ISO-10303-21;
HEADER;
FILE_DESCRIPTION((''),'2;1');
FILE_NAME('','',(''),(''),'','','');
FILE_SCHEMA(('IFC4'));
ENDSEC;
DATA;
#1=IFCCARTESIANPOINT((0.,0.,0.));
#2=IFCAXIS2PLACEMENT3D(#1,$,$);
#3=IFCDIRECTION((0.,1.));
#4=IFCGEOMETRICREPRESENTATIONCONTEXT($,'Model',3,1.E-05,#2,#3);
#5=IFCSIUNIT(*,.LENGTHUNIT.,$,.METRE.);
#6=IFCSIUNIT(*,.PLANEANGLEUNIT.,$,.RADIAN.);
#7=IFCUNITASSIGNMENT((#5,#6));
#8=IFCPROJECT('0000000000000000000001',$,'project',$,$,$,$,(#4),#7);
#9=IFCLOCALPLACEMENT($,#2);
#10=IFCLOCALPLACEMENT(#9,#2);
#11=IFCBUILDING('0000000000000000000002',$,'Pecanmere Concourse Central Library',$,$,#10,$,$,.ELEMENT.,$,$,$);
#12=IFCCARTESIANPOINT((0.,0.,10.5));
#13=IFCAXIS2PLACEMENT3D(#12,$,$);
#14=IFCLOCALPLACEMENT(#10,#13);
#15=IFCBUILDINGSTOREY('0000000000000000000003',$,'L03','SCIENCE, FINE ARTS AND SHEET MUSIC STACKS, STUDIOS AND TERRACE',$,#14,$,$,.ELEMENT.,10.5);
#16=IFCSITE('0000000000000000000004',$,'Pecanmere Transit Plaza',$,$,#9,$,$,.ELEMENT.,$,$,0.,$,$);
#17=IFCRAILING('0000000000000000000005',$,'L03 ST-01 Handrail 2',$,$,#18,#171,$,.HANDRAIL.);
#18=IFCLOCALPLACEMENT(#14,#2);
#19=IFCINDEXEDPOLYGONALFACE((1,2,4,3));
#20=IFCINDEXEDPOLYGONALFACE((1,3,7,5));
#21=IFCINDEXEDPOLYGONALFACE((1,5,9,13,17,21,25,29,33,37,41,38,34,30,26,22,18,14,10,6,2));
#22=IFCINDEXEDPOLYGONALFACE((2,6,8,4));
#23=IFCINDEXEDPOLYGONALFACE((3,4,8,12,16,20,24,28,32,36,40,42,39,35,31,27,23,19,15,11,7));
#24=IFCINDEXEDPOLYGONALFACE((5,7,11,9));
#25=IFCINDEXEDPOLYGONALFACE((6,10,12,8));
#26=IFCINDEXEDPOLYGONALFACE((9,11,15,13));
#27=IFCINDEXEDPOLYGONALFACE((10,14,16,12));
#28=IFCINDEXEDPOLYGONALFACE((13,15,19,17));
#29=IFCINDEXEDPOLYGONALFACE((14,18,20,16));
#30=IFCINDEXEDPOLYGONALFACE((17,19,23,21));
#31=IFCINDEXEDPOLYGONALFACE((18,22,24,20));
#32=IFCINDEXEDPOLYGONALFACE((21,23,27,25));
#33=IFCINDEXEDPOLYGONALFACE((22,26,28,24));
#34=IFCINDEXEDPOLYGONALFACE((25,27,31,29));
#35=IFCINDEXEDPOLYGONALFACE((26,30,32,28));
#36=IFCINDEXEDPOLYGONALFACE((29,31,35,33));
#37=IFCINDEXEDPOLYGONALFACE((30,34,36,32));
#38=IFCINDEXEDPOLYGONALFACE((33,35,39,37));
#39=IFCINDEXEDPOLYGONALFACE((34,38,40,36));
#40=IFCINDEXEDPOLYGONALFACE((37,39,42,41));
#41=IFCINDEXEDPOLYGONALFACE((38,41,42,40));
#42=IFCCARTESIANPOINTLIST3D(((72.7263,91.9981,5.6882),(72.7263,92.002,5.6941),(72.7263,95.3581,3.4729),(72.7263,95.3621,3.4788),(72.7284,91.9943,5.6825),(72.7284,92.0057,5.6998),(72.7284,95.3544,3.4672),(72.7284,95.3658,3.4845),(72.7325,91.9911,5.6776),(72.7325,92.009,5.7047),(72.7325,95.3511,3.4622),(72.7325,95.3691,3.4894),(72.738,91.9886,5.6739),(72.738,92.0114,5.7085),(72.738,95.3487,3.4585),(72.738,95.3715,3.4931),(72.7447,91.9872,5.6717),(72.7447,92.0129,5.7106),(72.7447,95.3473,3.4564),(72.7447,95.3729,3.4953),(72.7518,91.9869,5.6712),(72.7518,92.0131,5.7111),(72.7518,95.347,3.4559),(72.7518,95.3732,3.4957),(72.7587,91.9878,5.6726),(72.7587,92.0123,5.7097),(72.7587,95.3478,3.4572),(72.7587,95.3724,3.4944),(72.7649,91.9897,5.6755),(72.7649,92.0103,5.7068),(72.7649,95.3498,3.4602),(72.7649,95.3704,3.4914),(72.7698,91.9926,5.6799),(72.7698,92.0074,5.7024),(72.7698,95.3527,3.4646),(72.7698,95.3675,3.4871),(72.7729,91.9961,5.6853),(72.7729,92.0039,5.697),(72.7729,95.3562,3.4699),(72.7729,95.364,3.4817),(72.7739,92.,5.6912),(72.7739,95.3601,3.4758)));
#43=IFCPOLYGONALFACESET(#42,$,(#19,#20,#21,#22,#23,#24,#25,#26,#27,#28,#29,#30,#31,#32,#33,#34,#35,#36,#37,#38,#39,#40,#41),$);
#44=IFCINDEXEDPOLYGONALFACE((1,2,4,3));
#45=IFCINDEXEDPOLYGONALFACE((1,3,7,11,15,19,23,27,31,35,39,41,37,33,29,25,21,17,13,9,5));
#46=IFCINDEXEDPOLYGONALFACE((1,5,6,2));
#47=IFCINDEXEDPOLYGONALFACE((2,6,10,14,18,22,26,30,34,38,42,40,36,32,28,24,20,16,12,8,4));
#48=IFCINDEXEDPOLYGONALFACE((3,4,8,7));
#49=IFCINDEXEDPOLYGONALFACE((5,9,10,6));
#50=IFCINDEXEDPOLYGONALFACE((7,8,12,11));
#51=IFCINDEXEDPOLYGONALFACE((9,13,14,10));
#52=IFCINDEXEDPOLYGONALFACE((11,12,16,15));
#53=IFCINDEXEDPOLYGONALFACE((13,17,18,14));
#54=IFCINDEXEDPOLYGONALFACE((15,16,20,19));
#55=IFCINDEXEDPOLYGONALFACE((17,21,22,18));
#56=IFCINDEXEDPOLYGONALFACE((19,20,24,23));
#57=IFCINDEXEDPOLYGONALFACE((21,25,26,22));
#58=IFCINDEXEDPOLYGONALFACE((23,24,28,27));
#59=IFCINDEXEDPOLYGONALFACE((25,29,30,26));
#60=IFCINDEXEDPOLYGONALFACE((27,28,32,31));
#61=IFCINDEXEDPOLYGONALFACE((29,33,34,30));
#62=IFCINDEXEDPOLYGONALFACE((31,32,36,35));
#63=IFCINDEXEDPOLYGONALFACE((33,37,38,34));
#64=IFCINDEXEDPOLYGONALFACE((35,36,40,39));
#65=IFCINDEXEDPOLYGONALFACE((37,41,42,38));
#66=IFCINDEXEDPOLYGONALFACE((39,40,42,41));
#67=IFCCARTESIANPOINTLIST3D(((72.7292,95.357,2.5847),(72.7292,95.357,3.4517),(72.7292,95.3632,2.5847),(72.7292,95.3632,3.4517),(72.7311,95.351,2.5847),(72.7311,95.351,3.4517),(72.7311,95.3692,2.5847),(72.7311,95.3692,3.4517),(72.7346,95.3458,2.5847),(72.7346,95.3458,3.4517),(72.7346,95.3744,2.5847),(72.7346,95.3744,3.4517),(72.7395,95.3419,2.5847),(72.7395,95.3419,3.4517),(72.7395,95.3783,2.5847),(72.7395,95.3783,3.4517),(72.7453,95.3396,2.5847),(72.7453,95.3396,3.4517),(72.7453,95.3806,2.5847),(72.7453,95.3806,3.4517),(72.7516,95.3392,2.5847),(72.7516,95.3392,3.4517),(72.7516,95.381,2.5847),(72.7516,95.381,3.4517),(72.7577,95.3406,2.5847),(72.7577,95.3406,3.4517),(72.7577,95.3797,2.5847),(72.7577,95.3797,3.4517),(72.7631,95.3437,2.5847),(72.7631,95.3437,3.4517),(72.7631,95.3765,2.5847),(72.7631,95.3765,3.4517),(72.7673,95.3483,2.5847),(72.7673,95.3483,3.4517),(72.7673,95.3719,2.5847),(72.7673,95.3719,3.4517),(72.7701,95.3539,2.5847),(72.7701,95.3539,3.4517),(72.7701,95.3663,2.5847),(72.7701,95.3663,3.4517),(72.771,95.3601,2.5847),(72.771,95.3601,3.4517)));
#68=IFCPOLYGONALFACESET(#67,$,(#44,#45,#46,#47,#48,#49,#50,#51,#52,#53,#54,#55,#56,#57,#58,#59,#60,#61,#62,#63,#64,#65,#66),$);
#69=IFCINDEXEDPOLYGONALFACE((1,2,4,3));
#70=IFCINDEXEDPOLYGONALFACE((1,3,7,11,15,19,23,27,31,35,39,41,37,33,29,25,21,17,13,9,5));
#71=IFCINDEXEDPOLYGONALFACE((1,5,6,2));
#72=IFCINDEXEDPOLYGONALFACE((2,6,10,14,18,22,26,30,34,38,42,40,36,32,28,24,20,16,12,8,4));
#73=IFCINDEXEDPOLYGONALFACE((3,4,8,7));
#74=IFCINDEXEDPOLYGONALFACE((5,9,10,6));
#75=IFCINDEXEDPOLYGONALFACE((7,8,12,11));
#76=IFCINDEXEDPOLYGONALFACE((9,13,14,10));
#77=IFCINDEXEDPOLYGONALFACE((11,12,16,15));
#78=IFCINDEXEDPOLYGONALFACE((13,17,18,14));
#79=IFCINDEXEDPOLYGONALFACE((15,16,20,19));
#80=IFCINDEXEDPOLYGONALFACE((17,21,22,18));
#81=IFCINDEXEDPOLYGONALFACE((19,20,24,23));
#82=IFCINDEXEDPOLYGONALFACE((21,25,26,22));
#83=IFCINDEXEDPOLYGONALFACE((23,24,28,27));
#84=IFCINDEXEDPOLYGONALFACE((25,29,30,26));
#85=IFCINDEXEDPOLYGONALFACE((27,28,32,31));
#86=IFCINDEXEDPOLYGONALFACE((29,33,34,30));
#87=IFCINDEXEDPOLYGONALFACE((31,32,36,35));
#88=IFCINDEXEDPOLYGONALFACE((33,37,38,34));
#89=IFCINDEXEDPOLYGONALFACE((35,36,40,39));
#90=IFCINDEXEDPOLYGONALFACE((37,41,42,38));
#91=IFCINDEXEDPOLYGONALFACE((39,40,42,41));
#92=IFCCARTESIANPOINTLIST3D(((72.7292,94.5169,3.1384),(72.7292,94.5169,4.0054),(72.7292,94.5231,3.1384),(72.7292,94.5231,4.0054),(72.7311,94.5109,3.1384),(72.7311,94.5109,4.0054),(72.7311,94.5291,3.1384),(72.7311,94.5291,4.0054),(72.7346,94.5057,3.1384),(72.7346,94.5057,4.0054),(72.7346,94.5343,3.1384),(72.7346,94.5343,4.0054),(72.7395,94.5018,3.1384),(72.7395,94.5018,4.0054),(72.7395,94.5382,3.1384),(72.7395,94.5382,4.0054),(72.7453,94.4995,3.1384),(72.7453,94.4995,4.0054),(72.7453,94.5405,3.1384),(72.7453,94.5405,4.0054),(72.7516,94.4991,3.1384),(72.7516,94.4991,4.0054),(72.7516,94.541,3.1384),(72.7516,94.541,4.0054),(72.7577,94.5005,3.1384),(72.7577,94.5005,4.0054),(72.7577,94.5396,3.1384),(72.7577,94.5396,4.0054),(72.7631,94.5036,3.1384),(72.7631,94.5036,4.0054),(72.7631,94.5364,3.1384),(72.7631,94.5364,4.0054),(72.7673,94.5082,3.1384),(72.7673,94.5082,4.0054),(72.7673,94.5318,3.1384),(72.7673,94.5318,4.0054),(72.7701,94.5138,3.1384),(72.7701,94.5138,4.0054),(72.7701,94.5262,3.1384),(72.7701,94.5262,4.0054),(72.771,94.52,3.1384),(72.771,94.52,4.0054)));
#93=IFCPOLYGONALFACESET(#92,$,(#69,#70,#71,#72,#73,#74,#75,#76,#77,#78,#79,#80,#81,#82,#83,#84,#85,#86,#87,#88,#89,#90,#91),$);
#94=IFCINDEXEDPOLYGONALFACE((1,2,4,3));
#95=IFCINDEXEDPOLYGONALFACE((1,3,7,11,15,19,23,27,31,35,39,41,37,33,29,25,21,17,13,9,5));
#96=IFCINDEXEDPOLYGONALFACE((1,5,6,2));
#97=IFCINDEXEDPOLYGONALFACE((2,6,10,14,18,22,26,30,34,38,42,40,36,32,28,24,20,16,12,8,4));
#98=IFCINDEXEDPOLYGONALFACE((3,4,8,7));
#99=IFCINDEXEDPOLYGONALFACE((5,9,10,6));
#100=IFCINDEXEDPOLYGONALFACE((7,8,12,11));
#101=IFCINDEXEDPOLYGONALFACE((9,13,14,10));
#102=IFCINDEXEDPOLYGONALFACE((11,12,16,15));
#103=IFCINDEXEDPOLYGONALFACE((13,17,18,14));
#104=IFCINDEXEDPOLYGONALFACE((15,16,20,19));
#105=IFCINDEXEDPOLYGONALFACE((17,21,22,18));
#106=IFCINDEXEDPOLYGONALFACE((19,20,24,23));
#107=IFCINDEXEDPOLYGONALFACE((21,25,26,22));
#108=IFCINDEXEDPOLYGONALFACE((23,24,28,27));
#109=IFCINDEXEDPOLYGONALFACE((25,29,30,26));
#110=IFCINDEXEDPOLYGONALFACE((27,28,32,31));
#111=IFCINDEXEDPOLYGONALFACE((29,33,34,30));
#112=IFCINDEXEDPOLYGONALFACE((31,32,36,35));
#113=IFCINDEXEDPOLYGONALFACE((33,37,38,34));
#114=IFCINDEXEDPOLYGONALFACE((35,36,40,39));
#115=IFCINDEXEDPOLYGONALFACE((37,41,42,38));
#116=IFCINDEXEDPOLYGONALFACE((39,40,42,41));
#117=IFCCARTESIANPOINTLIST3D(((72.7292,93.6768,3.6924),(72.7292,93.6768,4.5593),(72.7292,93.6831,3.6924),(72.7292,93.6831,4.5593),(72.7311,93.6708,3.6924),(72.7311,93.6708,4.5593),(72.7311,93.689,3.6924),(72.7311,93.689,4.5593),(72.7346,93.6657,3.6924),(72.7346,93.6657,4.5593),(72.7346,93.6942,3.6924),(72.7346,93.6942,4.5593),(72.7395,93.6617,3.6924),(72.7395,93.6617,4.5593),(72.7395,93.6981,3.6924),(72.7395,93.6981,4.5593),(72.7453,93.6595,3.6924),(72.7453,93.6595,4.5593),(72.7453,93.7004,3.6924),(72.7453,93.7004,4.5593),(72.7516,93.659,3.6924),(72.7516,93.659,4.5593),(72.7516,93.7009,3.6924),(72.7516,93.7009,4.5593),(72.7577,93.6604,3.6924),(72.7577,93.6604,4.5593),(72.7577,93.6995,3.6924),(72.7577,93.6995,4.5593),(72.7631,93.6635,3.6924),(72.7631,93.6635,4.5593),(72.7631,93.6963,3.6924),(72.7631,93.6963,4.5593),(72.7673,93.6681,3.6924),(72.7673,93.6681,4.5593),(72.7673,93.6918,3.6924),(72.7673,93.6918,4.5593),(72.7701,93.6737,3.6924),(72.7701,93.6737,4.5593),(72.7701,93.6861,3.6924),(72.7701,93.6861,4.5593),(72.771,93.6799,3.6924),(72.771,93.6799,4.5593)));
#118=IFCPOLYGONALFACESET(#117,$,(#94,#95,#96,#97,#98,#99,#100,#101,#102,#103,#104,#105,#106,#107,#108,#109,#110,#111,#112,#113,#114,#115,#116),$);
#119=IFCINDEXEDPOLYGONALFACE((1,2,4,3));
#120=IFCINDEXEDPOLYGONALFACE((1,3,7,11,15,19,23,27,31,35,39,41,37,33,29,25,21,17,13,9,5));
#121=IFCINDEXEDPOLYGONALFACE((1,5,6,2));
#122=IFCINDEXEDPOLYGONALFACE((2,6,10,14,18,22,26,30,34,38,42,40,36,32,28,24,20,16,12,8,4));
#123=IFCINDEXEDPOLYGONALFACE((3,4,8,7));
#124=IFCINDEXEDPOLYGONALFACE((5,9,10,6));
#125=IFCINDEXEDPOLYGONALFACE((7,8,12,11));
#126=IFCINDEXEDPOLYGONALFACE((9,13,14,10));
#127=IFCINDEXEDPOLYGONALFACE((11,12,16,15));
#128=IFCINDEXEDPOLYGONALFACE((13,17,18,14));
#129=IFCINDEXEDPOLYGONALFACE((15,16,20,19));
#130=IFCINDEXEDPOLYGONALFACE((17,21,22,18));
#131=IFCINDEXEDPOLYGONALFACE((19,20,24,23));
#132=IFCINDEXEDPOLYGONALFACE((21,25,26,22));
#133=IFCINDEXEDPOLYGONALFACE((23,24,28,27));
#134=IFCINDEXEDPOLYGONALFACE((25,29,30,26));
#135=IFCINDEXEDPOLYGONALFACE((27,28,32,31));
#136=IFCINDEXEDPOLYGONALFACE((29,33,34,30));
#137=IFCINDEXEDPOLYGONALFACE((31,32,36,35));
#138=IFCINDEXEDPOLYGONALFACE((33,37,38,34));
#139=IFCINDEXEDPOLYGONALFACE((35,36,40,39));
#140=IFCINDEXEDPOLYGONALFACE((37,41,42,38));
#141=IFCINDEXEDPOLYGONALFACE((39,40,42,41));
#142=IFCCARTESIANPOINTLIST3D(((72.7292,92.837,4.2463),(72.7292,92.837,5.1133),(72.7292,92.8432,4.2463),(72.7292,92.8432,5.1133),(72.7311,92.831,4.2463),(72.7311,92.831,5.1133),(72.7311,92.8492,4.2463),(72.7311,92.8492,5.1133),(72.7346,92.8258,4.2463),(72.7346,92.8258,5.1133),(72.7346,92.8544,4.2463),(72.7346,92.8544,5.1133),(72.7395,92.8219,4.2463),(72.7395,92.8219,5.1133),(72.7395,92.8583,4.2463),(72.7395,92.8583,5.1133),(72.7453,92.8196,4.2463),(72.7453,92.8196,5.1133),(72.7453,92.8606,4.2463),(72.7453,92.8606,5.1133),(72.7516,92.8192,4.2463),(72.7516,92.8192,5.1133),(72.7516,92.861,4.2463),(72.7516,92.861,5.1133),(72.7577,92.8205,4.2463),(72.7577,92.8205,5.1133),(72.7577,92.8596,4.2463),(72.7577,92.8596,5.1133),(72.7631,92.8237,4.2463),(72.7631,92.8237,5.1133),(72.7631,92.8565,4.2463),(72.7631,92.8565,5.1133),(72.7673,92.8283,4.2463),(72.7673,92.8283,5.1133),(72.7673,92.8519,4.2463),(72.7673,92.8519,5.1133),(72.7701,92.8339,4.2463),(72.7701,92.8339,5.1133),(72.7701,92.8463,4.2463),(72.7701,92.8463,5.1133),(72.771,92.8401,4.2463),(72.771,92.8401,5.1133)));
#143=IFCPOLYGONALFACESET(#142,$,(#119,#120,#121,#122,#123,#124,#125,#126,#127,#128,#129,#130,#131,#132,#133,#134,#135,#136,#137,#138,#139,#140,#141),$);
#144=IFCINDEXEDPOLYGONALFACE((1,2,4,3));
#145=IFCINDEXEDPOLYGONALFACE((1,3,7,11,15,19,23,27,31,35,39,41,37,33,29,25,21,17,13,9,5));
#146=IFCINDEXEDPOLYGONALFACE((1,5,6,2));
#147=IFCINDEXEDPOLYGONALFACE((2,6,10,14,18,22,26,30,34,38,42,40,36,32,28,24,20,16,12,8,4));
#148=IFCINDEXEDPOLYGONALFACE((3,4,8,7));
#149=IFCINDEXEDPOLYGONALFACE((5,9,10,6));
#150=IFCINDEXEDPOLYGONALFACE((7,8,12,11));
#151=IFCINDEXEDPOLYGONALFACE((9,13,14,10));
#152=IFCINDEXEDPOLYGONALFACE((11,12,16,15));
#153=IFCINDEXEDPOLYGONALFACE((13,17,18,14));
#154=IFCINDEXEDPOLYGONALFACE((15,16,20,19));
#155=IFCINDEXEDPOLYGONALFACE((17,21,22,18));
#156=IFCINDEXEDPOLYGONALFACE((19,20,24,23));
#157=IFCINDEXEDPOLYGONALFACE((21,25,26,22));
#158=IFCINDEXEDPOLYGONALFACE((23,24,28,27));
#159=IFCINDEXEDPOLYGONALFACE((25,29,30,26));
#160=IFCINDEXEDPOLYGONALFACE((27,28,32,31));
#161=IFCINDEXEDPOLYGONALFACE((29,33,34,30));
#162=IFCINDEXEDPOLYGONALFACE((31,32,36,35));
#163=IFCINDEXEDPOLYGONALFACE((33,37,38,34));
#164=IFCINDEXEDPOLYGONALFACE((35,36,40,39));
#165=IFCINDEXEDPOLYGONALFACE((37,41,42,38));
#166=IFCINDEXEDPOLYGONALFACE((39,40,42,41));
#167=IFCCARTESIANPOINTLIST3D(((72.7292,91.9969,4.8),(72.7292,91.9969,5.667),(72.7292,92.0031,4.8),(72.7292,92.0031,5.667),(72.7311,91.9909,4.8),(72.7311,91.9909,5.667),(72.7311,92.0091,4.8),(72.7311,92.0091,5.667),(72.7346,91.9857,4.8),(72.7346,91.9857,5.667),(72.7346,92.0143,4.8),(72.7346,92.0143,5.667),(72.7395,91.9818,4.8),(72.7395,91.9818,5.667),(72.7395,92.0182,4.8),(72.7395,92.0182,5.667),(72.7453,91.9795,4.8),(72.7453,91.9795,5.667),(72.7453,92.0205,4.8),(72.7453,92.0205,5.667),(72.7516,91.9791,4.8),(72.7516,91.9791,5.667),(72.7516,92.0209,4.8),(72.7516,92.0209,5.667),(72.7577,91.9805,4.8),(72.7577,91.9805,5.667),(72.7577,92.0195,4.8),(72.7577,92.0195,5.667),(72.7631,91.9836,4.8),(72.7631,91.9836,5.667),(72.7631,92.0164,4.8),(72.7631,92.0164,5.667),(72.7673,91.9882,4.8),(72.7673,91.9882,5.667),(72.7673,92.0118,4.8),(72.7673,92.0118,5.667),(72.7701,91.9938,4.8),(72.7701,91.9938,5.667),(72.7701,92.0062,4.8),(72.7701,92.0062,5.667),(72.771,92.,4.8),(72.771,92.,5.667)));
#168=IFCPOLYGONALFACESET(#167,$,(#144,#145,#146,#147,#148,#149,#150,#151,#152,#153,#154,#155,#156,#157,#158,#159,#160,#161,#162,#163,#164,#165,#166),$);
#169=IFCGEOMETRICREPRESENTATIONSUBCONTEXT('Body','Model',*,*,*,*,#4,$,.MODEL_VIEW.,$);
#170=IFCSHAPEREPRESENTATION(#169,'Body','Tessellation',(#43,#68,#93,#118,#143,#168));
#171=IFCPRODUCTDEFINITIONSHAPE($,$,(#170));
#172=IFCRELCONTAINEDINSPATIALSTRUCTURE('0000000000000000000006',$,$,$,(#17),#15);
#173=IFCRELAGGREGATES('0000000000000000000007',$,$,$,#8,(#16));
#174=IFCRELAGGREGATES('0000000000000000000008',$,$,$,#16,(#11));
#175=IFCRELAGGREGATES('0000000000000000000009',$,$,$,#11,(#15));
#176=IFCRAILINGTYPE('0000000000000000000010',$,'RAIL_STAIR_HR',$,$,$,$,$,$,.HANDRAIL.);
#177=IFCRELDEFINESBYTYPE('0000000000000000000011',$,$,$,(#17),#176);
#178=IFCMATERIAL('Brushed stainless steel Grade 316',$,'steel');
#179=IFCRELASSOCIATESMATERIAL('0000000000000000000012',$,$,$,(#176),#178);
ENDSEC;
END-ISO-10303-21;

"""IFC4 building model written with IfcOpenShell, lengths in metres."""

from ifc_helpers import new_model, si_unit, direction, frame, origin, origin_2d, place, context, subcontext, project, spatial, circle, extrude, material, type_object, element, save


model = new_model("IFC4")

# Units and contexts
model_context = context("Model", 3, precision=1e-05, world=origin(), true_north=direction((0.0, 1.0)))
body_context = subcontext(model_context, "Body", "Model", "MODEL_VIEW")
ifc_project = project(units=[si_unit("LENGTHUNIT", "METRE"), si_unit("PLANEANGLEUNIT", "RADIAN")], contexts=[model_context])

# Site, building, storey
site_placement = place(None, origin())
site = spatial("IfcSite", under=ifc_project, at=site_placement, Name="Pecanmere Transit Plaza", CompositionType="ELEMENT", RefElevation=0.0)
building_placement = place(site_placement, origin())
building = spatial("IfcBuilding", under=site, at=building_placement, Name="Pecanmere Concourse Central Library", CompositionType="ELEMENT")
storey_placement = place(building_placement, frame((0.0, 0.0, 10.5)))
storey = spatial("IfcBuildingStorey", under=building, at=storey_placement, Name="L03", Description="SCIENCE, FINE ARTS AND SHEET MUSIC STACKS, STUDIOS AND TERRACE", CompositionType="ELEMENT", Elevation=10.5)

# Railing
ifc_material_1 = material(Name="Brushed stainless steel Grade 316", Category="steel")
railing_type_1 = type_object("IfcRailingType", Name="RAIL_STAIR_HR", PredefinedType="HANDRAIL", material=ifc_material_1)
railing_1_placement = place(storey_placement, frame((72.75, 95.3601, 2.5847)))
element("IfcRailing", 1, at=railing_1_placement, inside=storey, type_object=railing_type_1, Name="L03 ST-01 Handrail 2", PredefinedType="HANDRAIL", context=body_context, shape_type="SweptSolid", body=[
    extrude(circle(Radius=0.0239, at=origin_2d()), frame((0.0, 0.0, 0.8911), z_axis=(0.0, -0.834876, 0.550437), x_axis=(1.0, 0.0, 0.0)), (0.0, 0.0, 1.0), 4.0247),
    extrude(circle(Radius=0.021, at=origin_2d()), origin(), (0.0, 0.0, 1.0), 0.8669),
    extrude(circle(Radius=0.021, at=origin_2d()), frame((0.0, -0.8401, 0.5537)), (0.0, 0.0, 1.0), 0.8669),
    extrude(circle(Radius=0.021, at=origin_2d()), frame((0.0, -1.6802, 1.1077)), (0.0, 0.0, 1.0), 0.8669),
    extrude(circle(Radius=0.021, at=origin_2d()), frame((0.0, -2.52, 1.6616)), (0.0, 0.0, 1.0), 0.8669),
    extrude(circle(Radius=0.021, at=origin_2d()), frame((0.0, -3.3601, 2.2153)), (0.0, 0.0, 1.0), 0.8669),
])

save(model, "model.ifc")
